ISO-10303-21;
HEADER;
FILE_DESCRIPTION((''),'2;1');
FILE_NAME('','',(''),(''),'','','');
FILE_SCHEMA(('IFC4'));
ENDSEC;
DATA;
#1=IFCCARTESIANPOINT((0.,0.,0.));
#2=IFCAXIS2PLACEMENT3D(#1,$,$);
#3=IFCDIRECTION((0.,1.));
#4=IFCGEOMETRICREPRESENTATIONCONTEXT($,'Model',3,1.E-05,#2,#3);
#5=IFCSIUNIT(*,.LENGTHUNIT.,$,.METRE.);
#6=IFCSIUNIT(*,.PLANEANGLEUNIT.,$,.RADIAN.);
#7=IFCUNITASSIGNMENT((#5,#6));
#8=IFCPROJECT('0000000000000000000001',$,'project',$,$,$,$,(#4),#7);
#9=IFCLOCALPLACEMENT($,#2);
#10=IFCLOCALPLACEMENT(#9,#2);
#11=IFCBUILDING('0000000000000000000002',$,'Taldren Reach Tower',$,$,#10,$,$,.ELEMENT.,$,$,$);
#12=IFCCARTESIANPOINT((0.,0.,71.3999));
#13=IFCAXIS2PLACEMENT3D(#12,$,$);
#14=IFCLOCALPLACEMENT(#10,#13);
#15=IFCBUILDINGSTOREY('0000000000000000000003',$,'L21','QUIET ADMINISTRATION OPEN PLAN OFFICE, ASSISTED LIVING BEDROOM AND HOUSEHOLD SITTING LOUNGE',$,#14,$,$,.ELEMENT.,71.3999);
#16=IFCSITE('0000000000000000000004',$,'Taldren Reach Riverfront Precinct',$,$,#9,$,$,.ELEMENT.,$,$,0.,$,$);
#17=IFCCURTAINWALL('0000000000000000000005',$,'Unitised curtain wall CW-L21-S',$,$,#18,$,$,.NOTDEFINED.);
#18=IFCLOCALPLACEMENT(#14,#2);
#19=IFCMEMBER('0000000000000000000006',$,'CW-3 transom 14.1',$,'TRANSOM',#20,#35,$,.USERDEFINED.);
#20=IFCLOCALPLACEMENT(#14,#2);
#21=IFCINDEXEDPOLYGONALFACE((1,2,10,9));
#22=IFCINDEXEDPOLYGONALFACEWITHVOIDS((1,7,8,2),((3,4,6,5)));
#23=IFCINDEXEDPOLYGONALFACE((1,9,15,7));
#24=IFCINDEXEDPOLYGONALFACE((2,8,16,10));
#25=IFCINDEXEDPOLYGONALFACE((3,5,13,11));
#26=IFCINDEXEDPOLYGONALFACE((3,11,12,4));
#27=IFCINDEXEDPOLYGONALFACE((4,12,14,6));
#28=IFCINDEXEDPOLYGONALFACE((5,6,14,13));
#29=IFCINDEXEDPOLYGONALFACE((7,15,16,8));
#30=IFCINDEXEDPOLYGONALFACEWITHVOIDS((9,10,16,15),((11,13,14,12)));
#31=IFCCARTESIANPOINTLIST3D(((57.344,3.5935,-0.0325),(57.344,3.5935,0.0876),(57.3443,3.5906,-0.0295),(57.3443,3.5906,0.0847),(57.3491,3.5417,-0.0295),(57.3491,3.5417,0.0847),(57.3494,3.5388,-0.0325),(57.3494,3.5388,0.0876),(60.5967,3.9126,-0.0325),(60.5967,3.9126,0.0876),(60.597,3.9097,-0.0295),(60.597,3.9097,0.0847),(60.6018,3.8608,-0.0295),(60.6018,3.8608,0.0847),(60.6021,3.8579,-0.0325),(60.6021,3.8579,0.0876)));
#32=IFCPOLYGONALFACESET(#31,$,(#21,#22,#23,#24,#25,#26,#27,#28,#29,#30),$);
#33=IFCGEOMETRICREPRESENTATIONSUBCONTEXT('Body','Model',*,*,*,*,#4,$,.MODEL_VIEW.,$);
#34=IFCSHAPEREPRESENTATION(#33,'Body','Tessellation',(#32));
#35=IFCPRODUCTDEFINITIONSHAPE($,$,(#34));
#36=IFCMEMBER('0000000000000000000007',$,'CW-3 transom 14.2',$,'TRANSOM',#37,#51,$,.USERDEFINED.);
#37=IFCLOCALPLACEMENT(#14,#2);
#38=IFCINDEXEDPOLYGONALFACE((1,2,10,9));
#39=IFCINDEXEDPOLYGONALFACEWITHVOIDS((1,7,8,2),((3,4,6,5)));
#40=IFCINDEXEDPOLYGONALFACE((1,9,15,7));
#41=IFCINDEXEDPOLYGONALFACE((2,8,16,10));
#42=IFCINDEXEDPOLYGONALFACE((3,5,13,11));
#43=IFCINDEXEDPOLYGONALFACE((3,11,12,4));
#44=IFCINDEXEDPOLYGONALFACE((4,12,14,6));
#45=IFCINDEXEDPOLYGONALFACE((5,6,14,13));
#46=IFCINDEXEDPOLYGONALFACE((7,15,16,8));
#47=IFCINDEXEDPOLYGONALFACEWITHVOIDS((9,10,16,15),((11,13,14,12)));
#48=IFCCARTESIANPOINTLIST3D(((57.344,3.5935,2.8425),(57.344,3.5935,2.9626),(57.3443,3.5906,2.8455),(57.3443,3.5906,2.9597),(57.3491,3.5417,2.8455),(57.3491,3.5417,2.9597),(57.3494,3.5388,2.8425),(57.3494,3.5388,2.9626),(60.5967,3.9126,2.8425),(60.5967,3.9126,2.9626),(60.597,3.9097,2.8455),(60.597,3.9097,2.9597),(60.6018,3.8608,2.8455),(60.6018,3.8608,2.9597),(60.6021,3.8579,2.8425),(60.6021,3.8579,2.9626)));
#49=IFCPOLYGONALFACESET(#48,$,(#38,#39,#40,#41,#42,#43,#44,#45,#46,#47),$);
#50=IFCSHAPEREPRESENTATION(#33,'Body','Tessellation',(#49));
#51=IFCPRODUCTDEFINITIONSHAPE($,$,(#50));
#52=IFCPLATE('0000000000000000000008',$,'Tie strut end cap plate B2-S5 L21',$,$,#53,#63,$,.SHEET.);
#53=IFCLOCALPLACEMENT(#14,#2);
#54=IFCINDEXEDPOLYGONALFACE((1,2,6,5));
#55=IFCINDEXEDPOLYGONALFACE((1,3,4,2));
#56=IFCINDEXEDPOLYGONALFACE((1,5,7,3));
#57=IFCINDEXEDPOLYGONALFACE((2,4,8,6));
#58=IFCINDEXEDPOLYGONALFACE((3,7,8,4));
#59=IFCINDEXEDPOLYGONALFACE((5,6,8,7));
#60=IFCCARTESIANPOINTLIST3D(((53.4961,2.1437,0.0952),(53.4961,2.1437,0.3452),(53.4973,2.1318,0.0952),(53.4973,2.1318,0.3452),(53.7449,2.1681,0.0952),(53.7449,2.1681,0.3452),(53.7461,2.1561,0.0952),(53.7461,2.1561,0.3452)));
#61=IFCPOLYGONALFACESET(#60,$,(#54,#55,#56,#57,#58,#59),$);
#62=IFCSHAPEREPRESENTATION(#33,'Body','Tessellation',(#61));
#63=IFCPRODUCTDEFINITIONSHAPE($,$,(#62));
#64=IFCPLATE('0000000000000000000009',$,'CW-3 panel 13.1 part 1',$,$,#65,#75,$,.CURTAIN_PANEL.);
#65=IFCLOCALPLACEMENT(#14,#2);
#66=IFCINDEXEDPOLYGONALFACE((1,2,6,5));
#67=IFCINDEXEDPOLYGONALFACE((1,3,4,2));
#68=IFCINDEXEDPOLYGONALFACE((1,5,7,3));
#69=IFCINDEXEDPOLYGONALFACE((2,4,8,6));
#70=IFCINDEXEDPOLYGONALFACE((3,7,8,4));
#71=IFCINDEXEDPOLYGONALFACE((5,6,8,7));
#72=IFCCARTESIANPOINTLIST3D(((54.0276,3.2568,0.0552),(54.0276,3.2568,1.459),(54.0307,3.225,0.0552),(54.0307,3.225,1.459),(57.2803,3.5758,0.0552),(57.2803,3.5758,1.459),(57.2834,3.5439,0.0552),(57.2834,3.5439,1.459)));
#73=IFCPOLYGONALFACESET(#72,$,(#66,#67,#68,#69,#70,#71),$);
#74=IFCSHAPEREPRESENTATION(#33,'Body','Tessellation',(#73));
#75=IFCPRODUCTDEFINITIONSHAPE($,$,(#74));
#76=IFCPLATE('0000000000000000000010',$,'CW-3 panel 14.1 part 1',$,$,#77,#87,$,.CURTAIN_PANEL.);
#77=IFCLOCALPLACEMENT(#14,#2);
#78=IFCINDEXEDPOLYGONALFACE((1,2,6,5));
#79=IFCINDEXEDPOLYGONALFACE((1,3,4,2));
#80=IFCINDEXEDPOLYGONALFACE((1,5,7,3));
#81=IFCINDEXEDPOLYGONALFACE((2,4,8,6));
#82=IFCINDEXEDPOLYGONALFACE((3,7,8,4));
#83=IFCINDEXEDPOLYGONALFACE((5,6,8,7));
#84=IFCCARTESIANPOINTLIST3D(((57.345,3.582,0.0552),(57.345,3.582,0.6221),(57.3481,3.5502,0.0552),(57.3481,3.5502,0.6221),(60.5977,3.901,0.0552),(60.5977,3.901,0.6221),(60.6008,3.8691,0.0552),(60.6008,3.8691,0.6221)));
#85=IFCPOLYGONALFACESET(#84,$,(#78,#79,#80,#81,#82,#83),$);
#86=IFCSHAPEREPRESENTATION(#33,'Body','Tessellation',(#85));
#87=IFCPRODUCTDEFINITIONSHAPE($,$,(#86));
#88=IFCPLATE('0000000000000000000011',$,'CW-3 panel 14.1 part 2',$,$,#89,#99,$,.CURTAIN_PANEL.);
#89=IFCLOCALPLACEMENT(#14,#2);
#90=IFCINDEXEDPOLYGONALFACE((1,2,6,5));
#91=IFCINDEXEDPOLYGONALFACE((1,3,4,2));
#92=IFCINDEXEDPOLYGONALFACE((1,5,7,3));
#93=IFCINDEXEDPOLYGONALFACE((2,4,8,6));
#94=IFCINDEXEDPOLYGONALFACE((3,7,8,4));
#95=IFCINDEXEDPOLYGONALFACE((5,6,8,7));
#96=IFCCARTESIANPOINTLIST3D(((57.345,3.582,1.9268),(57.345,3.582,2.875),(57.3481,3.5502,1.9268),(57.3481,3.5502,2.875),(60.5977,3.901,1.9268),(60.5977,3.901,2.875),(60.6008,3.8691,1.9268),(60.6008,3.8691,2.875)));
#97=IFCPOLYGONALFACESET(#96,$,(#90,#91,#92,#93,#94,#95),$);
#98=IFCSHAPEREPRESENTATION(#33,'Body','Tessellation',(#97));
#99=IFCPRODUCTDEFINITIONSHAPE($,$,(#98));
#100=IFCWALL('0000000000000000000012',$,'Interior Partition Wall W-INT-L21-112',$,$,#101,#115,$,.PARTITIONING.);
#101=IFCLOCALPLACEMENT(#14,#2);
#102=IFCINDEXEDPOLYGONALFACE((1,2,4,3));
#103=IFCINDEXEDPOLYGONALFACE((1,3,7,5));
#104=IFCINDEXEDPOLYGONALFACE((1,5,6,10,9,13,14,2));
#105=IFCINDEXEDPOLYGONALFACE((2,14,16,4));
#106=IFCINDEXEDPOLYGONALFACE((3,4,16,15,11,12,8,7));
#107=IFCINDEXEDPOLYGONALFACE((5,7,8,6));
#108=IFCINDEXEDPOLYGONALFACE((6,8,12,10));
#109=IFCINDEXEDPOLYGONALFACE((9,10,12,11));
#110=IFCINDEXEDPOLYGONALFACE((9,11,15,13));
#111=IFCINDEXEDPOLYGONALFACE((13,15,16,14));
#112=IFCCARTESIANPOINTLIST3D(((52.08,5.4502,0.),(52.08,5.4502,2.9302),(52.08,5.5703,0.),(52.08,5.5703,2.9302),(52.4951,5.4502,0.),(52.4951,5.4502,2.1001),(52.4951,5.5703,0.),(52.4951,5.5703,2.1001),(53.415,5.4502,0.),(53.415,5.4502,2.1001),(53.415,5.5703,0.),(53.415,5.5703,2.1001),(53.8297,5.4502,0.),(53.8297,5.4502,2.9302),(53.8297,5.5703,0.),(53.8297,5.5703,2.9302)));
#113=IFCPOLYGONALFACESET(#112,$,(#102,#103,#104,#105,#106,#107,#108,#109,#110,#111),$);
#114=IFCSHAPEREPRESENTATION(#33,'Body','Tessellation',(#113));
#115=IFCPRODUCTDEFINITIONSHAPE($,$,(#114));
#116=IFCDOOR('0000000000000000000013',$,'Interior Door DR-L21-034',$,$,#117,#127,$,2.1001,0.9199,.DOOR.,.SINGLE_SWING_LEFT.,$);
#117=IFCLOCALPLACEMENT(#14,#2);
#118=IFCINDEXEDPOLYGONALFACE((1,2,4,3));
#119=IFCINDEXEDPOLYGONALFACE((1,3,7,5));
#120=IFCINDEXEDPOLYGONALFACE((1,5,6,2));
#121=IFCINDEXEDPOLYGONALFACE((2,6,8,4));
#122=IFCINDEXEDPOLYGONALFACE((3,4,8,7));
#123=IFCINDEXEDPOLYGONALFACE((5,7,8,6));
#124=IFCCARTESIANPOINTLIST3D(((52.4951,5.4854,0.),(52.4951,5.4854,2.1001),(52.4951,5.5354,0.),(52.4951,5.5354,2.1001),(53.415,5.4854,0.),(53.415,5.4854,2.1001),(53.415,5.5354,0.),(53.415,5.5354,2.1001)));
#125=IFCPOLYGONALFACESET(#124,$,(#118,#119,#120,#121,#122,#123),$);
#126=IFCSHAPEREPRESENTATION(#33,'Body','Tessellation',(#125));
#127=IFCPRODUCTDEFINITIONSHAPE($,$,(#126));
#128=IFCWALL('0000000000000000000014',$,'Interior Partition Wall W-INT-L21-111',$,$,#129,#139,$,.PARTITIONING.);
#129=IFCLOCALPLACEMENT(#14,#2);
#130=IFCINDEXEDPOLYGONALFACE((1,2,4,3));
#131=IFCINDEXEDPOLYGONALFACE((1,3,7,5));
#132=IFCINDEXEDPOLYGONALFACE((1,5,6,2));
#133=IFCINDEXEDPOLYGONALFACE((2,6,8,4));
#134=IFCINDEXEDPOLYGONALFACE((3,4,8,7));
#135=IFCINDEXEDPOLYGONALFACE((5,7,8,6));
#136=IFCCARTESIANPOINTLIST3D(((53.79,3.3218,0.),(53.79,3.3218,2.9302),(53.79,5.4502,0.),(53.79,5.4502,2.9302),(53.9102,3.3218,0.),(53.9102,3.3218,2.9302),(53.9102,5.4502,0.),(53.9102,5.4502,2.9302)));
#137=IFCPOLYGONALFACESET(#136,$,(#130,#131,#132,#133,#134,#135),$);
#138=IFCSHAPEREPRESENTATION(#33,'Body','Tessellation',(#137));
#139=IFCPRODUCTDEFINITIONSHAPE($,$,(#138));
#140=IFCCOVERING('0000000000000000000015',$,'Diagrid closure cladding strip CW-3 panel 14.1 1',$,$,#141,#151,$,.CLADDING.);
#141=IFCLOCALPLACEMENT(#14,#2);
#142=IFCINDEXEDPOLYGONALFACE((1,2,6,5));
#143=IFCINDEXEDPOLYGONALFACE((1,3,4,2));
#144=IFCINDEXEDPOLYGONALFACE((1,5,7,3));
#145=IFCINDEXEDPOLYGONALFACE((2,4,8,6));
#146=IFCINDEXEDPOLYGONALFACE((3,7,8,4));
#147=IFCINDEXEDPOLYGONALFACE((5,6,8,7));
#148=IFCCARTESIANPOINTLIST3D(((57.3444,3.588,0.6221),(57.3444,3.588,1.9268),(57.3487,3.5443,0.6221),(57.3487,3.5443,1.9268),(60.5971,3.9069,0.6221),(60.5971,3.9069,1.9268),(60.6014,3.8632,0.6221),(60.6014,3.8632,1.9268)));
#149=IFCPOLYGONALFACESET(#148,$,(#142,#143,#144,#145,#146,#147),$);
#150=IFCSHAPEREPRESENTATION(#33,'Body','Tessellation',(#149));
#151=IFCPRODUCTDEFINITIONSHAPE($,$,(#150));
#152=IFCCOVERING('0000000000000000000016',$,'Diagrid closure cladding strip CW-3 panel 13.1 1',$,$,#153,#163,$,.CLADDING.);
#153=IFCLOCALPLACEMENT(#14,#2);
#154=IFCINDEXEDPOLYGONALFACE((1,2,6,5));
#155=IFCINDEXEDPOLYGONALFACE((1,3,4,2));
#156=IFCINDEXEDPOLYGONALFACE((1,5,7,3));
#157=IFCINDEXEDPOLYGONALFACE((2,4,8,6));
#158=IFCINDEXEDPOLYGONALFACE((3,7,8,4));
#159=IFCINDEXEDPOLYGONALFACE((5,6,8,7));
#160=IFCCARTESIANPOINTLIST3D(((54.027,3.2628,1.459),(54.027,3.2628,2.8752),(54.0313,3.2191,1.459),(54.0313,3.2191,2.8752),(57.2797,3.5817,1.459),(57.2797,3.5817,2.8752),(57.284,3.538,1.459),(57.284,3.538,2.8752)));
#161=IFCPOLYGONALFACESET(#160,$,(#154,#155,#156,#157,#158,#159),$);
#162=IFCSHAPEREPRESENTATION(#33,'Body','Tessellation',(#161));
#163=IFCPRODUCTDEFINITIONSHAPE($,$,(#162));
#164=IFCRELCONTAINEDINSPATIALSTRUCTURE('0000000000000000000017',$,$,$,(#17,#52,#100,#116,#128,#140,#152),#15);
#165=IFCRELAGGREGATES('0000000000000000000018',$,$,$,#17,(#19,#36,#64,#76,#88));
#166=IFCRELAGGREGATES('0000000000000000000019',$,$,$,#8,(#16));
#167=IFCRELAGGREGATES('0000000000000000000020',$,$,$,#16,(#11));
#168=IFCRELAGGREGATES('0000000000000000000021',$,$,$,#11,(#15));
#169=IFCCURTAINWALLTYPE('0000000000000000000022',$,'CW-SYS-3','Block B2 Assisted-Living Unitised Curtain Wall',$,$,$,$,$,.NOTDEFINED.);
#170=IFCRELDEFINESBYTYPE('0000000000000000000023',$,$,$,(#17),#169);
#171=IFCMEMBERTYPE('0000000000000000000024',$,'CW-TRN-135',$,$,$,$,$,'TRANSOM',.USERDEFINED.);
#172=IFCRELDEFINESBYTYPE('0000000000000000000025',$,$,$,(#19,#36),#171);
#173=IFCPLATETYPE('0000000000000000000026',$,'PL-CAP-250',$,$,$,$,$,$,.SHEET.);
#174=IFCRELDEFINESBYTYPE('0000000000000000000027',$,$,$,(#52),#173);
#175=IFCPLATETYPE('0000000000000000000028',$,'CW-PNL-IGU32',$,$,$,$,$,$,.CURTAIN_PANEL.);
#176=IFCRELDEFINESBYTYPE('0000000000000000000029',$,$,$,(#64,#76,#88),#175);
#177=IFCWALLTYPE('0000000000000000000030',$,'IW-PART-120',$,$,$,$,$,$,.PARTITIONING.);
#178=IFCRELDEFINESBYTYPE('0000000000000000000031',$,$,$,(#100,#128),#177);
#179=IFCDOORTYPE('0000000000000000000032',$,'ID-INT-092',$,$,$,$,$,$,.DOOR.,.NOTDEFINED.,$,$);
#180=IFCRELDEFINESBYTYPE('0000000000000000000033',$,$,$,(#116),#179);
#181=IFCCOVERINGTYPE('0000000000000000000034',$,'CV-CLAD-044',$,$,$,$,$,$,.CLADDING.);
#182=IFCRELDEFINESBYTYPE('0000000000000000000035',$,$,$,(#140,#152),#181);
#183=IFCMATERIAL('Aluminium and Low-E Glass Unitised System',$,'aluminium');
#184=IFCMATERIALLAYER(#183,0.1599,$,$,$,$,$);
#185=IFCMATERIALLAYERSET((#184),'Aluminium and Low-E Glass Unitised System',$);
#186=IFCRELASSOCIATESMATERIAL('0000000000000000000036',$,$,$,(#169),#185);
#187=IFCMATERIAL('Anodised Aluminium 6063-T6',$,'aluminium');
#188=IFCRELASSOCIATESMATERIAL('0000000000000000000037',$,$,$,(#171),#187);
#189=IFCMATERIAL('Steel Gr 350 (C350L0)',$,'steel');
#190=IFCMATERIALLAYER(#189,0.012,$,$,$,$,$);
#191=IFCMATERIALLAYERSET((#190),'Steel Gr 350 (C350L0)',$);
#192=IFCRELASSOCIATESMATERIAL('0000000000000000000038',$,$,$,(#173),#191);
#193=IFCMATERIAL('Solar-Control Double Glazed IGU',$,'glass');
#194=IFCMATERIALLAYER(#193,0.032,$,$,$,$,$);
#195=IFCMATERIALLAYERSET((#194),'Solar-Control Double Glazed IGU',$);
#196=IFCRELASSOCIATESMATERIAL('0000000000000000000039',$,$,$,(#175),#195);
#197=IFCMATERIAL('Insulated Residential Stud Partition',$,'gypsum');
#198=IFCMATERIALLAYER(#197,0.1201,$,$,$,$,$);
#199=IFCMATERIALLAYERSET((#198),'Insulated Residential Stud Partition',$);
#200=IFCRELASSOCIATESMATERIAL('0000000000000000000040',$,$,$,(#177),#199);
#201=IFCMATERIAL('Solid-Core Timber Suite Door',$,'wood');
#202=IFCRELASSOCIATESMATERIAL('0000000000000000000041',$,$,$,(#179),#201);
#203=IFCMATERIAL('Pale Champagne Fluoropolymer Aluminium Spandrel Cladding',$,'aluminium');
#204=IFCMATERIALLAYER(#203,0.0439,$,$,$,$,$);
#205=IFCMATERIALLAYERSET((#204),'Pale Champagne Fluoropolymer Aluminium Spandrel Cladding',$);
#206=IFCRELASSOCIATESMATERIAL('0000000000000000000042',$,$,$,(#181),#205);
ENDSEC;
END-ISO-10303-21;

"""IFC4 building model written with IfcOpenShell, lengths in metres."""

from ifc_helpers import new_model, si_unit, direction, frame, frame_2d, origin, origin_2d, place, context, subcontext, project, spatial, rectangle, hollow_rectangle, extrude, source, transform, mapped, material, layer, layer_set, material_profile, profile_set, type_object, element, fill, aggregate, save


model = new_model("IFC4")

# Units and contexts
model_context = context("Model", 3, precision=1e-05, world=origin(), true_north=direction((0.0, 1.0)))
body_context = subcontext(model_context, "Body", "Model", "MODEL_VIEW")
ifc_project = project(units=[si_unit("LENGTHUNIT", "METRE"), si_unit("PLANEANGLEUNIT", "RADIAN")], contexts=[model_context])

# Site, building, storey
site_placement = place(None, origin())
site = spatial("IfcSite", under=ifc_project, at=site_placement, Name="Taldren Reach Riverfront Precinct", CompositionType="ELEMENT", RefElevation=0.0)
building_placement = place(site_placement, origin())
building = spatial("IfcBuilding", under=site, at=building_placement, Name="Taldren Reach Tower", CompositionType="ELEMENT")
storey_placement = place(building_placement, frame((0.0, 0.0, 71.3999)))
storey = spatial("IfcBuildingStorey", under=building, at=storey_placement, Name="L21", Description="QUIET ADMINISTRATION OPEN PLAN OFFICE, ASSISTED LIVING BEDROOM AND HOUSEHOLD SITTING LOUNGE", CompositionType="ELEMENT", Elevation=71.3999)

# Shared definitions
ifc_material_1 = material(Name="Steel Gr 350 (C350L0)", Category="steel")

# Curtain wall, members
ifc_material_2 = material(Name="Aluminium and Low-E Glass Unitised System", Category="aluminium")
ifc_layer_1 = layer(ifc_material_2, 0.1599)
ifc_layer_set_1 = layer_set([ifc_layer_1], Name="Aluminium and Low-E Glass Unitised System")
curtain_wall_type = type_object("IfcCurtainWallType", Name="CW-SYS-3", Description="Block B2 Assisted-Living Unitised Curtain Wall", PredefinedType="NOTDEFINED", material=ifc_layer_set_1)
curtain_wall_placement = place(storey_placement, origin())
curtain_wall = element("IfcCurtainWall", 1, at=curtain_wall_placement, inside=storey, type_object=curtain_wall_type, Name="Unitised curtain wall CW-L21-S", PredefinedType="NOTDEFINED")
ifc_material_3 = material(Name="Anodised Aluminium 6063-T6", Category="aluminium")
ifc_material_profile_1 = material_profile(ifc_material_3, hollow_rectangle(XDim=0.0549, YDim=0.1201, WallThickness=0.0029, at=origin_2d()), Name="ALU-120x55x3RHS")
ifc_profile_set_1 = profile_set([ifc_material_profile_1], Name="Anodised Aluminium 6063-T6")
member_type_1 = type_object("IfcMemberType", Name="CW-TRN-135", ElementType="TRANSOM", PredefinedType="USERDEFINED", material=ifc_profile_set_1)
shared_shape_1 = source(origin(), body_context, "Body", "SweptSolid", [
    extrude(hollow_rectangle(XDim=0.0549, YDim=0.1201, WallThickness=0.0029, at=origin_2d()), origin(), (0.0, 0.0, 1.0), 3.2683),
])
member_1_placement = place(storey_placement, frame((57.3467, 3.5662, 0.0276), z_axis=(0.995223, 0.097632, 0.0), x_axis=(-0.097632, 0.995223, 0.0)))
member_1 = element("IfcMember", 2, at=member_1_placement, type_object=member_type_1, Name="CW-3 transom 14.1", ObjectType="TRANSOM", PredefinedType="USERDEFINED", context=body_context, shape_type="MappedRepresentation", body=[
    mapped(shared_shape_1, transform((0.0, 0.0, 0.0), scale=1.0)),
])
member_2_placement = place(storey_placement, frame((57.3467, 3.5662, 2.9026), z_axis=(0.995223, 0.097632, 0.0), x_axis=(-0.097632, 0.995223, 0.0)))
member_2 = element("IfcMember", 3, at=member_2_placement, type_object=member_type_1, Name="CW-3 transom 14.2", ObjectType="TRANSOM", PredefinedType="USERDEFINED", context=body_context, shape_type="MappedRepresentation", body=[
    mapped(shared_shape_1, transform((0.0, 0.0, 0.0), scale=1.0)),
])

# Plates
ifc_layer_2 = layer(ifc_material_1, 0.012)
ifc_layer_set_2 = layer_set([ifc_layer_2], Name="Steel Gr 350 (C350L0)")
plate_type_1 = type_object("IfcPlateType", Name="PL-CAP-250", PredefinedType="SHEET", material=ifc_layer_set_2)
shared_shape_2 = source(origin(), body_context, "Body", "SweptSolid", [
    extrude(rectangle(XDim=0.25, YDim=0.012, at=origin_2d()), origin(), (0.0, 0.0, 1.0), 0.25),
])
plate_1_placement = place(storey_placement, frame((53.6211, 2.1499, 0.0952), z_axis=(0.0, 0.0, 1.0), x_axis=(0.995227, 0.097583, 0.0)))
element("IfcPlate", 4, at=plate_1_placement, inside=storey, type_object=plate_type_1, Name="Tie strut end cap plate B2-S5 L21", PredefinedType="SHEET", context=body_context, shape_type="MappedRepresentation", body=[
    mapped(shared_shape_2, transform((0.0, 0.0, 0.0), scale=1.0)),
])
ifc_material_4 = material(Name="Solar-Control Double Glazed IGU", Category="glass")
ifc_layer_3 = layer(ifc_material_4, 0.032)
ifc_layer_set_3 = layer_set([ifc_layer_3], Name="Solar-Control Double Glazed IGU")
plate_type_2 = type_object("IfcPlateType", Name="CW-PNL-IGU32", PredefinedType="CURTAIN_PANEL", material=ifc_layer_set_3)
shared_shape_3 = source(origin(), body_context, "Body", "SweptSolid", [
    extrude(rectangle(XDim=3.2683, YDim=0.032, at=origin_2d()), origin(), (0.0, 0.0, 1.0), 1.4038),
])
plate_2_placement = place(storey_placement, frame((55.6555, 3.4004, 0.0552), z_axis=(0.0, 0.0, 1.0), x_axis=(0.995227, 0.097583, 0.0)))
plate_2 = element("IfcPlate", 5, at=plate_2_placement, type_object=plate_type_2, Name="CW-3 panel 13.1 part 1", PredefinedType="CURTAIN_PANEL", context=body_context, shape_type="MappedRepresentation", body=[
    mapped(shared_shape_3, transform((0.0, 0.0, 0.0), scale=1.0)),
])
shared_shape_4 = source(origin(), body_context, "Body", "SweptSolid", [
    extrude(rectangle(XDim=3.2683, YDim=0.032, at=origin_2d()), origin(), (0.0, 0.0, 1.0), 0.5669),
])
plate_3_placement = place(storey_placement, frame((58.9729, 3.7256, 0.0552), z_axis=(0.0, 0.0, 1.0), x_axis=(0.995227, 0.097583, 0.0)))
plate_3 = element("IfcPlate", 6, at=plate_3_placement, type_object=plate_type_2, Name="CW-3 panel 14.1 part 1", PredefinedType="CURTAIN_PANEL", context=body_context, shape_type="MappedRepresentation", body=[
    mapped(shared_shape_4, transform((0.0, 0.0, 0.0), scale=1.0)),
])
shared_shape_5 = source(origin(), body_context, "Body", "SweptSolid", [
    extrude(rectangle(XDim=3.2683, YDim=0.032, at=origin_2d()), origin(), (0.0, 0.0, 1.0), 0.9482),
])
plate_4_placement = place(storey_placement, frame((58.9729, 3.7256, 1.9268), z_axis=(0.0, 0.0, 1.0), x_axis=(0.995227, 0.097583, 0.0)))
plate_4 = element("IfcPlate", 7, at=plate_4_placement, type_object=plate_type_2, Name="CW-3 panel 14.1 part 2", PredefinedType="CURTAIN_PANEL", context=body_context, shape_type="MappedRepresentation", body=[
    mapped(shared_shape_5, transform((0.0, 0.0, 0.0), scale=1.0)),
])
aggregate(curtain_wall, [member_1, member_2, plate_2, plate_3, plate_4])

# Wall, opening, door
ifc_material_5 = material(Name="Insulated Residential Stud Partition", Category="gypsum")
ifc_layer_4 = layer(ifc_material_5, 0.1201)
ifc_layer_set_4 = layer_set([ifc_layer_4], Name="Insulated Residential Stud Partition")
wall_type = type_object("IfcWallType", Name="IW-PART-120", PredefinedType="PARTITIONING", material=ifc_layer_set_4)
shared_shape_6 = source(origin(), body_context, "Body", "SweptSolid", [
    extrude(rectangle(XDim=1.7498, YDim=0.1201, at=frame_2d((0.875, 0.0))), origin(), (0.0, 0.0, 1.0), 2.9302),
])
wall_1_placement = place(storey_placement, frame((53.8298, 5.5103, 0.0), z_axis=(0.0, 0.0, 1.0), x_axis=(-1.0, 0.0, 0.0)))
wall_1 = element("IfcWall", 8, at=wall_1_placement, inside=storey, type_object=wall_type, Name="Interior Partition Wall W-INT-L21-112", PredefinedType="PARTITIONING", context=body_context, shape_type="MappedRepresentation", body=[
    mapped(shared_shape_6, transform((0.0, 0.0, 0.0), scale=1.0)),
])
shared_shape_7 = source(origin(), body_context, "Body", "SweptSolid", [
    extrude(rectangle(XDim=0.9199, YDim=2.1001, at=frame_2d((0.46, 1.05))), frame((0.0, 0.0701, 0.0), z_axis=(0.0, -1.0, 0.0), x_axis=(1.0, 0.0, 0.0)), (0.0, 0.0, 1.0), 0.1401),
])
opening_placement = place(wall_1_placement, frame((0.4148, 0.0, 0.0)))
opening = element("IfcOpeningElement", 9, at=opening_placement, cuts=wall_1, PredefinedType="OPENING", context=body_context, shape_type="MappedRepresentation", body=[
    mapped(shared_shape_7, transform((0.0, 0.0, 0.0), scale=1.0)),
])
ifc_material_6 = material(Name="Solid-Core Timber Suite Door", Category="wood")
door_type = type_object("IfcDoorType", Name="ID-INT-092", OperationType="NOTDEFINED", PredefinedType="DOOR", material=ifc_material_6)
shared_shape_8 = source(origin(), body_context, "Body", "SweptSolid", [
    extrude(rectangle(XDim=0.9199, YDim=2.1001, at=frame_2d((0.46, 1.05))), frame((0.0, 0.0249, 0.0), z_axis=(0.0, -1.0, 0.0), x_axis=(1.0, 0.0, 0.0)), (0.0, 0.0, 1.0), 0.05),
])
door_placement = place(opening_placement, origin())
door = element("IfcDoor", 10, at=door_placement, inside=storey, type_object=door_type, Name="Interior Door DR-L21-034", OperationType="SINGLE_SWING_LEFT", OverallHeight=2.1001, OverallWidth=0.9199, PredefinedType="DOOR", context=body_context, shape_type="MappedRepresentation", body=[
    mapped(shared_shape_8, transform((0.0, 0.0, 0.0), scale=1.0)),
])
fill(opening, door)

# Wall
shared_shape_9 = source(origin(), body_context, "Body", "SweptSolid", [
    extrude(rectangle(XDim=2.1284, YDim=0.1201, at=frame_2d((1.0642, 0.0))), origin(), (0.0, 0.0, 1.0), 2.9302),
])
wall_2_placement = place(storey_placement, frame((53.8501, 3.3218, 0.0), z_axis=(0.0, 0.0, 1.0), x_axis=(0.0, 1.0, 0.0)))
element("IfcWall", 11, at=wall_2_placement, inside=storey, type_object=wall_type, Name="Interior Partition Wall W-INT-L21-111", PredefinedType="PARTITIONING", context=body_context, shape_type="MappedRepresentation", body=[
    mapped(shared_shape_9, transform((0.0, 0.0, 0.0), scale=1.0)),
])

# Coverings
ifc_material_7 = material(Name="Pale Champagne Fluoropolymer Aluminium Spandrel Cladding", Category="aluminium")
ifc_layer_5 = layer(ifc_material_7, 0.0439)
ifc_layer_set_5 = layer_set([ifc_layer_5], Name="Pale Champagne Fluoropolymer Aluminium Spandrel Cladding")
covering_type = type_object("IfcCoveringType", Name="CV-CLAD-044", PredefinedType="CLADDING", material=ifc_layer_set_5)
shared_shape_10 = source(origin(), body_context, "Body", "SweptSolid", [
    extrude(rectangle(XDim=3.2683, YDim=0.0439, at=origin_2d()), origin(), (0.0, 0.0, 1.0), 1.3047),
])
covering_1_placement = place(storey_placement, frame((58.9729, 3.7256, 0.6221), z_axis=(0.0, 0.0, 1.0), x_axis=(0.995227, 0.097583, 0.0)))
element("IfcCovering", 12, at=covering_1_placement, inside=storey, type_object=covering_type, Name="Diagrid closure cladding strip CW-3 panel 14.1 1", PredefinedType="CLADDING", context=body_context, shape_type="MappedRepresentation", body=[
    mapped(shared_shape_10, transform((0.0, 0.0, 0.0), scale=1.0)),
])
shared_shape_11 = source(origin(), body_context, "Body", "SweptSolid", [
    extrude(rectangle(XDim=3.2683, YDim=0.0439, at=origin_2d()), origin(), (0.0, 0.0, 1.0), 1.4163),
])
covering_2_placement = place(storey_placement, frame((55.6555, 3.4004, 1.459), z_axis=(0.0, 0.0, 1.0), x_axis=(0.995227, 0.097583, 0.0)))
element("IfcCovering", 13, at=covering_2_placement, inside=storey, type_object=covering_type, Name="Diagrid closure cladding strip CW-3 panel 13.1 1", PredefinedType="CLADDING", context=body_context, shape_type="MappedRepresentation", body=[
    mapped(shared_shape_11, transform((0.0, 0.0, 0.0), scale=1.0)),
])

save(model, "model.ifc")
